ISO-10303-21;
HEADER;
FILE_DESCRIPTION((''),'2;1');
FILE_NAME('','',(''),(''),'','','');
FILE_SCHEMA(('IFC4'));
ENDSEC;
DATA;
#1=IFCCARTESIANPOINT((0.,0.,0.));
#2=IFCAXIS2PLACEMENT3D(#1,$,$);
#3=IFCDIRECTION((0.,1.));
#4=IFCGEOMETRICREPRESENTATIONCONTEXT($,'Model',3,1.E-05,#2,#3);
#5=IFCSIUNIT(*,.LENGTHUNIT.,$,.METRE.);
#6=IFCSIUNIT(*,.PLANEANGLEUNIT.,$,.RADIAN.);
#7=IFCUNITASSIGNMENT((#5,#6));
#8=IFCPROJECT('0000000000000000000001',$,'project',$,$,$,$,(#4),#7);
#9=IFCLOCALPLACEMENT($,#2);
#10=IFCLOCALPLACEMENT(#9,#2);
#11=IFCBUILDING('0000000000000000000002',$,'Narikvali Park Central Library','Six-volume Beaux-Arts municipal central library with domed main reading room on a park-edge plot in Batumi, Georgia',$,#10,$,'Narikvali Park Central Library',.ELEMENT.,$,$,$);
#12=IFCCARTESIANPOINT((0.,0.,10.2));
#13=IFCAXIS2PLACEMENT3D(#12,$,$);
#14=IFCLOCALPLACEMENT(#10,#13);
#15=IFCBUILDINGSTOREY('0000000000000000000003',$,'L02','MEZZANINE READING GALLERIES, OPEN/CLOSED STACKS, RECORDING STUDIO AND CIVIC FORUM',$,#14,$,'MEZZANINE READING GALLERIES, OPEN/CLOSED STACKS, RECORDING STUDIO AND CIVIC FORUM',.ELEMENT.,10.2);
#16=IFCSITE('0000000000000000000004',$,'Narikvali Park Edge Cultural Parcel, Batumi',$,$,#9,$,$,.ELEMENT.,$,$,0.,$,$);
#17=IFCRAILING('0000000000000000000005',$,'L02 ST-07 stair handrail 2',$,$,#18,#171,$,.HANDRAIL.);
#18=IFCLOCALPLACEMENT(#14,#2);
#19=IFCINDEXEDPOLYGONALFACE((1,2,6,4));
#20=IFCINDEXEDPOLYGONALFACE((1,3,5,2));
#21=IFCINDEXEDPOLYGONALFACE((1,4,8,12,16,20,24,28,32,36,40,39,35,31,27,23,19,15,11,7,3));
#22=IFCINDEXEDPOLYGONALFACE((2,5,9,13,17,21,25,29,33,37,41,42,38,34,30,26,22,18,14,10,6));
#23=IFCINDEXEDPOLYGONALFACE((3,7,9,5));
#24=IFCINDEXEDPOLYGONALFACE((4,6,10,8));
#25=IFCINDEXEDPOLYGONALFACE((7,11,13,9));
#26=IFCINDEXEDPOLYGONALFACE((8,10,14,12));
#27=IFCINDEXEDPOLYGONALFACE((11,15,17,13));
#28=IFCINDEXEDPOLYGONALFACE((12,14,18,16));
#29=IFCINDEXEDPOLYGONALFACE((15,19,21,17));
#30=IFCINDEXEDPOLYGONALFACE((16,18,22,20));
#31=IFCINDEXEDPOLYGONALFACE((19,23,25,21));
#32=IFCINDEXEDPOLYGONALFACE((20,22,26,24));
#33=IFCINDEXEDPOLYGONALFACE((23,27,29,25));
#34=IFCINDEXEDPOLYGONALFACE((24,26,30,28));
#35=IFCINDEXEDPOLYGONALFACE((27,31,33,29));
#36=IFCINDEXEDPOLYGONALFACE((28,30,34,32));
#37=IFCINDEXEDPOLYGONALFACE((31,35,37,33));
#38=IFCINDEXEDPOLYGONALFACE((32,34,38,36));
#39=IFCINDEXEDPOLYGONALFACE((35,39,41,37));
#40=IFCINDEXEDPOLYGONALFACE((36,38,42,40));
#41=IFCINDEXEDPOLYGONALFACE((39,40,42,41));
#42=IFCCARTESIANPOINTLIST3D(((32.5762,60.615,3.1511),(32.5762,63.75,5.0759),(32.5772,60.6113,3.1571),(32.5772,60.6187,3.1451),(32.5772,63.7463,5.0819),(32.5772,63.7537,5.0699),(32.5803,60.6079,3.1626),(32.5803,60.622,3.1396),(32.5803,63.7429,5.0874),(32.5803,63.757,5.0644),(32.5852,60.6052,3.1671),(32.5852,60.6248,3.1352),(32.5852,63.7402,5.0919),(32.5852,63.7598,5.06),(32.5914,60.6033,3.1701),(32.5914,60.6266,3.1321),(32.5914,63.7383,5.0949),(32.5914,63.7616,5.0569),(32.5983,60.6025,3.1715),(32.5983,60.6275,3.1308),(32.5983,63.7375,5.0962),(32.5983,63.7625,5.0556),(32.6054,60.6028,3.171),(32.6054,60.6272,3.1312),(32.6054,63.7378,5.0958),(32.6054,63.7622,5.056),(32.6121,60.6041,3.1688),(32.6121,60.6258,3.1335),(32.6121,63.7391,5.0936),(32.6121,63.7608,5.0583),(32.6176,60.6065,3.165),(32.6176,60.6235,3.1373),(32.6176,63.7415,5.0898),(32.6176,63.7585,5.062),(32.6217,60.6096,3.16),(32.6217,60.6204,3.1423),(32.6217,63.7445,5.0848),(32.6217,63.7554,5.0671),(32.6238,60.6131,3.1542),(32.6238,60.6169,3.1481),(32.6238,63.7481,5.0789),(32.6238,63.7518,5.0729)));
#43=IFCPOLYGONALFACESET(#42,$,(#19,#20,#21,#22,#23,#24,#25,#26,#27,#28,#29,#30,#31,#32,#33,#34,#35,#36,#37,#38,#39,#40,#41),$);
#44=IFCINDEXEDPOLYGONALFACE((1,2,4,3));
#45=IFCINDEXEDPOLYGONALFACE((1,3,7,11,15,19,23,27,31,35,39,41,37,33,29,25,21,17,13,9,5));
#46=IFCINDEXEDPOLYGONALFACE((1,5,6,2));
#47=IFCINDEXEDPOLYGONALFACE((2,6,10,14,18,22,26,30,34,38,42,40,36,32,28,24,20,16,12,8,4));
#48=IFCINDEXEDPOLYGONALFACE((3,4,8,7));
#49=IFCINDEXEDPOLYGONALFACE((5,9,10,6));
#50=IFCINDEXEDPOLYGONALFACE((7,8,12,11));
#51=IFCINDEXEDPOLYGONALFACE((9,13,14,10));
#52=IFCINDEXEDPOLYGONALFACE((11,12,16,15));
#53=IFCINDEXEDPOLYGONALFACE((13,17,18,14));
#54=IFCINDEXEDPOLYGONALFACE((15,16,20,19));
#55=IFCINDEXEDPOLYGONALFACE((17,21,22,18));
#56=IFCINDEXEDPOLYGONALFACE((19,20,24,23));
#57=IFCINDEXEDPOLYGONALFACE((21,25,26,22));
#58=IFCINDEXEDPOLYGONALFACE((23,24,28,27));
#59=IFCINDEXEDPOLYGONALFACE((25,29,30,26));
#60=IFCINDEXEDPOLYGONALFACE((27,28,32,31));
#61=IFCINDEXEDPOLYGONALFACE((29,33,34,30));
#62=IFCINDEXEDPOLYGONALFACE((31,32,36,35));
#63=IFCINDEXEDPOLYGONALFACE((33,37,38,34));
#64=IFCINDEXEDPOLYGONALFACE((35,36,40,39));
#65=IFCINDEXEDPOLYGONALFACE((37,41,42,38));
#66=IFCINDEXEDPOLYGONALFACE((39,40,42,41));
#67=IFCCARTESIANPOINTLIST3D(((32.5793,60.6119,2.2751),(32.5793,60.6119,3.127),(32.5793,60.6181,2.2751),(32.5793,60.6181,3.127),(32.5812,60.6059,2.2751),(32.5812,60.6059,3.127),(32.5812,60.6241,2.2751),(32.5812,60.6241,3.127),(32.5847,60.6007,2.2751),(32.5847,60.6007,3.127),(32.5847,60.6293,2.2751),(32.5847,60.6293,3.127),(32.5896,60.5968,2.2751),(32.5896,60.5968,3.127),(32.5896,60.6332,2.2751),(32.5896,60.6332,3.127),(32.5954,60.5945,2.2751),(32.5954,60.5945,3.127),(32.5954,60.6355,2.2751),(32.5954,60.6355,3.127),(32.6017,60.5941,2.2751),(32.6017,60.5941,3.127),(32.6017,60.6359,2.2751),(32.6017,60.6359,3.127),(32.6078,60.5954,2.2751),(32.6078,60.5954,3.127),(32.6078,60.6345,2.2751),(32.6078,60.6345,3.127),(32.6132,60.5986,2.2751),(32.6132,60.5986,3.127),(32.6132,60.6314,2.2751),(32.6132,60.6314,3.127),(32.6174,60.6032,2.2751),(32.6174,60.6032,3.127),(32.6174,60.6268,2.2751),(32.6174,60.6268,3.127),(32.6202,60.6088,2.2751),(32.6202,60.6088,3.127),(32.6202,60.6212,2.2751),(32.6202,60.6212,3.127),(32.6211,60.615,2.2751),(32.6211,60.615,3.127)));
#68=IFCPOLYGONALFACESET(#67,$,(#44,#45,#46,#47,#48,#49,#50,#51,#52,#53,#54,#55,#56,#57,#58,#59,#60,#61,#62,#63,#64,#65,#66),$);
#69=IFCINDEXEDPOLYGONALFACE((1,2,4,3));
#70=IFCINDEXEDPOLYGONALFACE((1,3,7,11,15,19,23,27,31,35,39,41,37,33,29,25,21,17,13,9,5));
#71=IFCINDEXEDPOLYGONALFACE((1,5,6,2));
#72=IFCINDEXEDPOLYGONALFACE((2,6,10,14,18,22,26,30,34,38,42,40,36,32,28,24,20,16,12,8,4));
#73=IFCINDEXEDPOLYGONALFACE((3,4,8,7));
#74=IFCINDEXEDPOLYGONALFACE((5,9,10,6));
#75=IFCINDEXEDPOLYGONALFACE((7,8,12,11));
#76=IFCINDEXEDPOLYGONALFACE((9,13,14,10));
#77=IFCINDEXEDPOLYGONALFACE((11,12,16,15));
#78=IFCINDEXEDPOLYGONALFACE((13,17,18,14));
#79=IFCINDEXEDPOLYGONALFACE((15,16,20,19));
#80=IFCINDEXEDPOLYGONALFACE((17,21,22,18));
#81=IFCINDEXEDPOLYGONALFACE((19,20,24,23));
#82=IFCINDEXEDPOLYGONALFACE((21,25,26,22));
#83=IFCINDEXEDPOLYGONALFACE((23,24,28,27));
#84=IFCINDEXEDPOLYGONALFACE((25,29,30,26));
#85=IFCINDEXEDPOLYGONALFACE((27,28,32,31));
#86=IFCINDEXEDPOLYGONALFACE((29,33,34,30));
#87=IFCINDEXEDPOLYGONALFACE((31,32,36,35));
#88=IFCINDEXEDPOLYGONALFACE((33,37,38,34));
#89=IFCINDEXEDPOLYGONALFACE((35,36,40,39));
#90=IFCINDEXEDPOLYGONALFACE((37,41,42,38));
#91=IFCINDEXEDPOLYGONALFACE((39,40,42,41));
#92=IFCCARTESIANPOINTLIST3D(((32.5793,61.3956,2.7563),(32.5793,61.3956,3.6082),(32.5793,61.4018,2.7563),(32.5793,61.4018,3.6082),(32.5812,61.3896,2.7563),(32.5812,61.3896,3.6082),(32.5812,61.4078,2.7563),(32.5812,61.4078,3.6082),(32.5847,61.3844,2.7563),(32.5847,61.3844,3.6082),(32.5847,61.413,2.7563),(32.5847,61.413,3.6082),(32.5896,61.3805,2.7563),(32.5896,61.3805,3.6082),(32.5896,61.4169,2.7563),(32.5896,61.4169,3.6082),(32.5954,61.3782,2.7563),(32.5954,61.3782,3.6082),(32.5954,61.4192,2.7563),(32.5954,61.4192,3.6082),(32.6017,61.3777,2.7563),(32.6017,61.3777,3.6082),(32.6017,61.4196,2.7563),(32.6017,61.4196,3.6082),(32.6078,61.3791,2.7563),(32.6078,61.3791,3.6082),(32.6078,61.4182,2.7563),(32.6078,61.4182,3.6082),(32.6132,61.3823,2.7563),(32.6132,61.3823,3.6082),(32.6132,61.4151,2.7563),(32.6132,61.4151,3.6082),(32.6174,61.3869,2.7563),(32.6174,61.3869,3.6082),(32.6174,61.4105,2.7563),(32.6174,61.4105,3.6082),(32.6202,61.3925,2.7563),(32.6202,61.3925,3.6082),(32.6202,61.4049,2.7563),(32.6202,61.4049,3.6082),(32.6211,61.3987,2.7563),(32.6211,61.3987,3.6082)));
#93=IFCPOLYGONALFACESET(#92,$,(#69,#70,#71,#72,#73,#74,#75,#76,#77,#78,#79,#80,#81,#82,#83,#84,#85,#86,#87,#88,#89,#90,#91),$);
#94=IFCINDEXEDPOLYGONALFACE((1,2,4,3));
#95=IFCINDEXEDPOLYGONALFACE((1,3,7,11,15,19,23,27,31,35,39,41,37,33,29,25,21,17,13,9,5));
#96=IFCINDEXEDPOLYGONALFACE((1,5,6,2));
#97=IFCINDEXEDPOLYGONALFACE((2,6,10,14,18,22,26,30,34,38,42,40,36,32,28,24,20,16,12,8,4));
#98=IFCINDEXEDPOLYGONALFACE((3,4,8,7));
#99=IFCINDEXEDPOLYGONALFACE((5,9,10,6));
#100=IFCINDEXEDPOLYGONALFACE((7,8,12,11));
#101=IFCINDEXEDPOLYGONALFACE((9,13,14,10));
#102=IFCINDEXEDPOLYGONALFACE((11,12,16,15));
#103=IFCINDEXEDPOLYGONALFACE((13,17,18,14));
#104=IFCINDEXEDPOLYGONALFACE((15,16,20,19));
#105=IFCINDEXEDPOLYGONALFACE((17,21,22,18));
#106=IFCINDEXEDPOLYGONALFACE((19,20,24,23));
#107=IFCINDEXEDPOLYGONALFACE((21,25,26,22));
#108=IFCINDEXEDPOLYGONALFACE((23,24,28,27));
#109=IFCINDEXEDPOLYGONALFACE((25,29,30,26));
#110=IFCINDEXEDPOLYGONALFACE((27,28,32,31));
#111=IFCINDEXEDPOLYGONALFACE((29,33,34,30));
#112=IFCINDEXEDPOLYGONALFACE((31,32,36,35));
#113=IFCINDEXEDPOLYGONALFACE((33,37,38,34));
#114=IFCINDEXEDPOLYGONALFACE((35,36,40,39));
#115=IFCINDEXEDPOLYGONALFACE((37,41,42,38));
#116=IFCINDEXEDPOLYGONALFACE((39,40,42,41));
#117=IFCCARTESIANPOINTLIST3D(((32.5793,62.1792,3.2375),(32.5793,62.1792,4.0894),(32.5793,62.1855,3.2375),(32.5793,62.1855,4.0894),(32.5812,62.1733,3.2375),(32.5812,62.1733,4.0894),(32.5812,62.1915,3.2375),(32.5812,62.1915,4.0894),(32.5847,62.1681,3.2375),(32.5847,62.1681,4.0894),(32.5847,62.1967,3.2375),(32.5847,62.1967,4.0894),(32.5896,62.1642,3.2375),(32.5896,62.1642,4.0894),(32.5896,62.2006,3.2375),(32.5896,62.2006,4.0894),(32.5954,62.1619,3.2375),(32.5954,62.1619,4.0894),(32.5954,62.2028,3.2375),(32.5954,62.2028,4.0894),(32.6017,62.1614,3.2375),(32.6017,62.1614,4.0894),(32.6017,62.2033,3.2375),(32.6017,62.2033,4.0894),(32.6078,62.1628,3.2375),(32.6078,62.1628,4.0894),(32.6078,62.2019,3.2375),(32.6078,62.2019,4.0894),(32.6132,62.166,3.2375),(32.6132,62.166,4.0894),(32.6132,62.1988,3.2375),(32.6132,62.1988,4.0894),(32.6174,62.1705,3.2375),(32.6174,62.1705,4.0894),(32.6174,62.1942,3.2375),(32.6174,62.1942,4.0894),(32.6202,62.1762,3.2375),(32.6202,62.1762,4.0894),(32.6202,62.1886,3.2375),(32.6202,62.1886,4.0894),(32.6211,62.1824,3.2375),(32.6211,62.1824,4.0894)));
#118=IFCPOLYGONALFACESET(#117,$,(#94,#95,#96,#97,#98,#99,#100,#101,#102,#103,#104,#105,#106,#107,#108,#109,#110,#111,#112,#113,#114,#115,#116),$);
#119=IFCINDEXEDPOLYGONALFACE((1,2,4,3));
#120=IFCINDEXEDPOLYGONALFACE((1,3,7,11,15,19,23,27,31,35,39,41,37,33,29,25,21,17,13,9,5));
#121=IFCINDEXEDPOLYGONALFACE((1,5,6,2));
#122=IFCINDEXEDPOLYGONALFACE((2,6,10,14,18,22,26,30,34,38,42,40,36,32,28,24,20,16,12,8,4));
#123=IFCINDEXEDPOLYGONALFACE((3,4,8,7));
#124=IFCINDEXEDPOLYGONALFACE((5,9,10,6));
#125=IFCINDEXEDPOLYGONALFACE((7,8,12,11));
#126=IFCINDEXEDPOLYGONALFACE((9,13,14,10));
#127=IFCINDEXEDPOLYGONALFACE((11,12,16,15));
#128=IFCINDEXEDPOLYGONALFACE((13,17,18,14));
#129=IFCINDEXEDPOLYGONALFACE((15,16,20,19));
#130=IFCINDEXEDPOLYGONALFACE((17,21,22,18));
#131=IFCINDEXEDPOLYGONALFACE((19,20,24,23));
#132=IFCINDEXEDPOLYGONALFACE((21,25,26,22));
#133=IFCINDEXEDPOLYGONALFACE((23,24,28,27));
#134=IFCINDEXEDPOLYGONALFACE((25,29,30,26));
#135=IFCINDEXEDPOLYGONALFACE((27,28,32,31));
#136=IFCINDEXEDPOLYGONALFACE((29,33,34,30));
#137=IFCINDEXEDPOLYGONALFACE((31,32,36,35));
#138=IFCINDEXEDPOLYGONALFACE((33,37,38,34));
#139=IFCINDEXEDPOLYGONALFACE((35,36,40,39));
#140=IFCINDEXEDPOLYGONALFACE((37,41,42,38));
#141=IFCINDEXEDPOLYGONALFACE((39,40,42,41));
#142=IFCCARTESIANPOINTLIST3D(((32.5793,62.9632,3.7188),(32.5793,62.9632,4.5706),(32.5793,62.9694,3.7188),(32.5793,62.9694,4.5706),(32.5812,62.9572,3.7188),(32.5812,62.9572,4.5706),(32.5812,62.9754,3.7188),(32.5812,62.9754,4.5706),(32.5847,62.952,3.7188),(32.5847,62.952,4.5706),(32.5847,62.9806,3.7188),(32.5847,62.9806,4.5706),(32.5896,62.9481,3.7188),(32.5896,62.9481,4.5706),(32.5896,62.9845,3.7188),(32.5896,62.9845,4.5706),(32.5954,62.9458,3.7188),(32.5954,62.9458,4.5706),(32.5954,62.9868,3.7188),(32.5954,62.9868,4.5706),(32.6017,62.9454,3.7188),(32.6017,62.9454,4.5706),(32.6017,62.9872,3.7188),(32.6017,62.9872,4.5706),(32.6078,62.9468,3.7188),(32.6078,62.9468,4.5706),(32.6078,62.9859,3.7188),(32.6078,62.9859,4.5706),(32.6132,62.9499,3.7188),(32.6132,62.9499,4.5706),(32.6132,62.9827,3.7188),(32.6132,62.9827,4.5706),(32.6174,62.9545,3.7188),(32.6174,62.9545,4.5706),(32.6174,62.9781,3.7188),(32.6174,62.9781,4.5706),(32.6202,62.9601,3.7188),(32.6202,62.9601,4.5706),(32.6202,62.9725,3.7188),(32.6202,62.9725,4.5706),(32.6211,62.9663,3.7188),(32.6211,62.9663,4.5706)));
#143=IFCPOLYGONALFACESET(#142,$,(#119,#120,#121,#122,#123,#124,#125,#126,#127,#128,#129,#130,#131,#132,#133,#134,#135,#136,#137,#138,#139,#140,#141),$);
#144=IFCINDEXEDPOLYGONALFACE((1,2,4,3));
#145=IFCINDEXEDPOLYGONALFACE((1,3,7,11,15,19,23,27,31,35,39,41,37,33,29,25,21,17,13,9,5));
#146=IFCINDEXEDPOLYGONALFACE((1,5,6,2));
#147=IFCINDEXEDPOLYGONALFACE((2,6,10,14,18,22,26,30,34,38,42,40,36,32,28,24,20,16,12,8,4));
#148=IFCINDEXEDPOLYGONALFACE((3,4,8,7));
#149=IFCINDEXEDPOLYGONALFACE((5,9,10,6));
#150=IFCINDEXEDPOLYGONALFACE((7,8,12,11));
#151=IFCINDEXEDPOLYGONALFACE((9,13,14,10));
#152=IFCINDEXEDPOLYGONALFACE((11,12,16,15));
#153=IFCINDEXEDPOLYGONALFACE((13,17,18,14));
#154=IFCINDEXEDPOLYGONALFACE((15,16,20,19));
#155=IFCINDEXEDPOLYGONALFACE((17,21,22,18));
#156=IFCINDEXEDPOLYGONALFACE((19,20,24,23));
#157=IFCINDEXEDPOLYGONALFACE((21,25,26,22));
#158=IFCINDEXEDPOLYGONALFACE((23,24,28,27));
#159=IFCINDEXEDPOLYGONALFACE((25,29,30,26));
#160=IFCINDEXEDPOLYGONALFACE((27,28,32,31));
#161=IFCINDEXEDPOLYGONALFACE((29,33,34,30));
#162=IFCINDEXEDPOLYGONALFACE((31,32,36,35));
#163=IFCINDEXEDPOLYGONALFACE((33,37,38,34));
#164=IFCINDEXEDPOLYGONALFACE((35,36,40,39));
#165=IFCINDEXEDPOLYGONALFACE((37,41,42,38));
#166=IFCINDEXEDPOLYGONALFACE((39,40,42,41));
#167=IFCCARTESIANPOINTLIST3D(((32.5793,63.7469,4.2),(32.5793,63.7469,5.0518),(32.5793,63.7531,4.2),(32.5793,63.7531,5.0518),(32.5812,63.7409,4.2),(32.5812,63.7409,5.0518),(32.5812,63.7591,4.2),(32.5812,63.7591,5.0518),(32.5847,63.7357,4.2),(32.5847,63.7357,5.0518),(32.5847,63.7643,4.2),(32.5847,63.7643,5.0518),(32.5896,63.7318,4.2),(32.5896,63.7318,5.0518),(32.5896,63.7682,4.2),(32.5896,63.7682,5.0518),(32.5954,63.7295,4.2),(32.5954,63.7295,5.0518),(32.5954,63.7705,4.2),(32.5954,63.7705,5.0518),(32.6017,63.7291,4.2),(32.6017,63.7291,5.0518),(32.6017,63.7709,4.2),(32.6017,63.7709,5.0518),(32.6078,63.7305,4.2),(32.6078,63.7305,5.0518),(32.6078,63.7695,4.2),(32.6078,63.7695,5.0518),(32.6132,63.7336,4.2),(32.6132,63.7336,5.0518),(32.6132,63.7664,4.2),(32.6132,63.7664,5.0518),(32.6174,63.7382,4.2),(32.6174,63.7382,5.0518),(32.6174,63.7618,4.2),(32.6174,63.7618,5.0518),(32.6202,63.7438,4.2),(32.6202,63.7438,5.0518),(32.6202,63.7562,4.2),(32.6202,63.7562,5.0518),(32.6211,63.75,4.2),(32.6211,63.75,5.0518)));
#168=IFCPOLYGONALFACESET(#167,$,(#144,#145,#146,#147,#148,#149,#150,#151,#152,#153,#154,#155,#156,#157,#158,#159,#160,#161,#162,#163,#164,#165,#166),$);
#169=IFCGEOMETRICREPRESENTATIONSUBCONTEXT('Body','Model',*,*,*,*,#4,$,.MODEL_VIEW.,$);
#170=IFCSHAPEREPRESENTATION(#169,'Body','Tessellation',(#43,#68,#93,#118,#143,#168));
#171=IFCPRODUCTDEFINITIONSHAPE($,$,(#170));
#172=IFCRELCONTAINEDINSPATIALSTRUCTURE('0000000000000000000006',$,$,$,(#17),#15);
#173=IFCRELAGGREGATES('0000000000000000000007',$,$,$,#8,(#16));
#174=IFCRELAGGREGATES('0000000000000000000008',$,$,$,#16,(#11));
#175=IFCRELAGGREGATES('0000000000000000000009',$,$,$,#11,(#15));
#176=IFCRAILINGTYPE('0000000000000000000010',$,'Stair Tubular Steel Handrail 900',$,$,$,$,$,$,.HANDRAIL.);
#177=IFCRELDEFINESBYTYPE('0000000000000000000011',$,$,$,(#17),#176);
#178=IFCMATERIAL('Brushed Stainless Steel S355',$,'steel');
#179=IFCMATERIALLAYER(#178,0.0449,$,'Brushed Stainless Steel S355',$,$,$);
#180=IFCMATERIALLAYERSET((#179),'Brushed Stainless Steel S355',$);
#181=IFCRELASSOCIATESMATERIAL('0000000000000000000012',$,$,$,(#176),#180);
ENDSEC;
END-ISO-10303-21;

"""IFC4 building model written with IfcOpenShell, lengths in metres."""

from ifc_helpers import new_model, si_unit, direction, frame, origin, origin_2d, place, context, subcontext, project, spatial, circle, extrude, material, layer, layer_set, type_object, element, save


model = new_model("IFC4")

# Units and contexts
model_context = context("Model", 3, precision=1e-05, world=origin(), true_north=direction((0.0, 1.0)))
body_context = subcontext(model_context, "Body", "Model", "MODEL_VIEW")
ifc_project = project(units=[si_unit("LENGTHUNIT", "METRE"), si_unit("PLANEANGLEUNIT", "RADIAN")], contexts=[model_context])

# Site, building, storey
site_placement = place(None, origin())
site = spatial("IfcSite", under=ifc_project, at=site_placement, Name="Narikvali Park Edge Cultural Parcel, Batumi", CompositionType="ELEMENT", RefElevation=0.0)
building_placement = place(site_placement, origin())
building = spatial("IfcBuilding", under=site, at=building_placement, Name="Narikvali Park Central Library", Description="Six-volume Beaux-Arts municipal central library with domed main reading room on a park-edge plot in Batumi, Georgia", LongName="Narikvali Park Central Library", CompositionType="ELEMENT")
storey_placement = place(building_placement, frame((0.0, 0.0, 10.2)))
storey = spatial("IfcBuildingStorey", under=building, at=storey_placement, Name="L02", Description="MEZZANINE READING GALLERIES, OPEN/CLOSED STACKS, RECORDING STUDIO AND CIVIC FORUM", LongName="MEZZANINE READING GALLERIES, OPEN/CLOSED STACKS, RECORDING STUDIO AND CIVIC FORUM", CompositionType="ELEMENT", Elevation=10.2)

# Shared definitions
ifc_material_1 = material(Name="Brushed Stainless Steel S355", Category="steel")

# Railing
ifc_layer_1 = layer(ifc_material_1, 0.0449, Name="Brushed Stainless Steel S355")
ifc_layer_set_1 = layer_set([ifc_layer_1], Name="Brushed Stainless Steel S355")
railing_type_1 = type_object("IfcRailingType", Name="Stair Tubular Steel Handrail 900", PredefinedType="HANDRAIL", material=ifc_layer_set_1)
railing_1_placement = place(storey_placement, frame((32.6001, 60.615, 2.2751)))
element("IfcRailing", 1, at=railing_1_placement, inside=storey, type_object=railing_type_1, Name="L02 ST-07 stair handrail 2", PredefinedType="HANDRAIL", context=body_context, shape_type="SweptSolid", body=[
    extrude(circle(Radius=0.0239, at=origin_2d()), frame((0.0, 0.0, 0.876), z_axis=(0.0, 0.852196, 0.523223), x_axis=(-1.0, 0.0, 0.0)), (0.0, 0.0, 1.0), 3.6787),
    extrude(circle(Radius=0.021, at=origin_2d()), origin(), (0.0, 0.0, 1.0), 0.8518),
    extrude(circle(Radius=0.021, at=origin_2d()), frame((0.0, 0.7837, 0.4812)), (0.0, 0.0, 1.0), 0.8518),
    extrude(circle(Radius=0.021, at=origin_2d()), frame((0.0, 1.5674, 0.9624)), (0.0, 0.0, 1.0), 0.8518),
    extrude(circle(Radius=0.021, at=origin_2d()), frame((0.0, 2.3513, 1.4436)), (0.0, 0.0, 1.0), 0.8518),
    extrude(circle(Radius=0.021, at=origin_2d()), frame((0.0, 3.135, 1.9248)), (0.0, 0.0, 1.0), 0.8518),
])

save(model, "model.ifc")
